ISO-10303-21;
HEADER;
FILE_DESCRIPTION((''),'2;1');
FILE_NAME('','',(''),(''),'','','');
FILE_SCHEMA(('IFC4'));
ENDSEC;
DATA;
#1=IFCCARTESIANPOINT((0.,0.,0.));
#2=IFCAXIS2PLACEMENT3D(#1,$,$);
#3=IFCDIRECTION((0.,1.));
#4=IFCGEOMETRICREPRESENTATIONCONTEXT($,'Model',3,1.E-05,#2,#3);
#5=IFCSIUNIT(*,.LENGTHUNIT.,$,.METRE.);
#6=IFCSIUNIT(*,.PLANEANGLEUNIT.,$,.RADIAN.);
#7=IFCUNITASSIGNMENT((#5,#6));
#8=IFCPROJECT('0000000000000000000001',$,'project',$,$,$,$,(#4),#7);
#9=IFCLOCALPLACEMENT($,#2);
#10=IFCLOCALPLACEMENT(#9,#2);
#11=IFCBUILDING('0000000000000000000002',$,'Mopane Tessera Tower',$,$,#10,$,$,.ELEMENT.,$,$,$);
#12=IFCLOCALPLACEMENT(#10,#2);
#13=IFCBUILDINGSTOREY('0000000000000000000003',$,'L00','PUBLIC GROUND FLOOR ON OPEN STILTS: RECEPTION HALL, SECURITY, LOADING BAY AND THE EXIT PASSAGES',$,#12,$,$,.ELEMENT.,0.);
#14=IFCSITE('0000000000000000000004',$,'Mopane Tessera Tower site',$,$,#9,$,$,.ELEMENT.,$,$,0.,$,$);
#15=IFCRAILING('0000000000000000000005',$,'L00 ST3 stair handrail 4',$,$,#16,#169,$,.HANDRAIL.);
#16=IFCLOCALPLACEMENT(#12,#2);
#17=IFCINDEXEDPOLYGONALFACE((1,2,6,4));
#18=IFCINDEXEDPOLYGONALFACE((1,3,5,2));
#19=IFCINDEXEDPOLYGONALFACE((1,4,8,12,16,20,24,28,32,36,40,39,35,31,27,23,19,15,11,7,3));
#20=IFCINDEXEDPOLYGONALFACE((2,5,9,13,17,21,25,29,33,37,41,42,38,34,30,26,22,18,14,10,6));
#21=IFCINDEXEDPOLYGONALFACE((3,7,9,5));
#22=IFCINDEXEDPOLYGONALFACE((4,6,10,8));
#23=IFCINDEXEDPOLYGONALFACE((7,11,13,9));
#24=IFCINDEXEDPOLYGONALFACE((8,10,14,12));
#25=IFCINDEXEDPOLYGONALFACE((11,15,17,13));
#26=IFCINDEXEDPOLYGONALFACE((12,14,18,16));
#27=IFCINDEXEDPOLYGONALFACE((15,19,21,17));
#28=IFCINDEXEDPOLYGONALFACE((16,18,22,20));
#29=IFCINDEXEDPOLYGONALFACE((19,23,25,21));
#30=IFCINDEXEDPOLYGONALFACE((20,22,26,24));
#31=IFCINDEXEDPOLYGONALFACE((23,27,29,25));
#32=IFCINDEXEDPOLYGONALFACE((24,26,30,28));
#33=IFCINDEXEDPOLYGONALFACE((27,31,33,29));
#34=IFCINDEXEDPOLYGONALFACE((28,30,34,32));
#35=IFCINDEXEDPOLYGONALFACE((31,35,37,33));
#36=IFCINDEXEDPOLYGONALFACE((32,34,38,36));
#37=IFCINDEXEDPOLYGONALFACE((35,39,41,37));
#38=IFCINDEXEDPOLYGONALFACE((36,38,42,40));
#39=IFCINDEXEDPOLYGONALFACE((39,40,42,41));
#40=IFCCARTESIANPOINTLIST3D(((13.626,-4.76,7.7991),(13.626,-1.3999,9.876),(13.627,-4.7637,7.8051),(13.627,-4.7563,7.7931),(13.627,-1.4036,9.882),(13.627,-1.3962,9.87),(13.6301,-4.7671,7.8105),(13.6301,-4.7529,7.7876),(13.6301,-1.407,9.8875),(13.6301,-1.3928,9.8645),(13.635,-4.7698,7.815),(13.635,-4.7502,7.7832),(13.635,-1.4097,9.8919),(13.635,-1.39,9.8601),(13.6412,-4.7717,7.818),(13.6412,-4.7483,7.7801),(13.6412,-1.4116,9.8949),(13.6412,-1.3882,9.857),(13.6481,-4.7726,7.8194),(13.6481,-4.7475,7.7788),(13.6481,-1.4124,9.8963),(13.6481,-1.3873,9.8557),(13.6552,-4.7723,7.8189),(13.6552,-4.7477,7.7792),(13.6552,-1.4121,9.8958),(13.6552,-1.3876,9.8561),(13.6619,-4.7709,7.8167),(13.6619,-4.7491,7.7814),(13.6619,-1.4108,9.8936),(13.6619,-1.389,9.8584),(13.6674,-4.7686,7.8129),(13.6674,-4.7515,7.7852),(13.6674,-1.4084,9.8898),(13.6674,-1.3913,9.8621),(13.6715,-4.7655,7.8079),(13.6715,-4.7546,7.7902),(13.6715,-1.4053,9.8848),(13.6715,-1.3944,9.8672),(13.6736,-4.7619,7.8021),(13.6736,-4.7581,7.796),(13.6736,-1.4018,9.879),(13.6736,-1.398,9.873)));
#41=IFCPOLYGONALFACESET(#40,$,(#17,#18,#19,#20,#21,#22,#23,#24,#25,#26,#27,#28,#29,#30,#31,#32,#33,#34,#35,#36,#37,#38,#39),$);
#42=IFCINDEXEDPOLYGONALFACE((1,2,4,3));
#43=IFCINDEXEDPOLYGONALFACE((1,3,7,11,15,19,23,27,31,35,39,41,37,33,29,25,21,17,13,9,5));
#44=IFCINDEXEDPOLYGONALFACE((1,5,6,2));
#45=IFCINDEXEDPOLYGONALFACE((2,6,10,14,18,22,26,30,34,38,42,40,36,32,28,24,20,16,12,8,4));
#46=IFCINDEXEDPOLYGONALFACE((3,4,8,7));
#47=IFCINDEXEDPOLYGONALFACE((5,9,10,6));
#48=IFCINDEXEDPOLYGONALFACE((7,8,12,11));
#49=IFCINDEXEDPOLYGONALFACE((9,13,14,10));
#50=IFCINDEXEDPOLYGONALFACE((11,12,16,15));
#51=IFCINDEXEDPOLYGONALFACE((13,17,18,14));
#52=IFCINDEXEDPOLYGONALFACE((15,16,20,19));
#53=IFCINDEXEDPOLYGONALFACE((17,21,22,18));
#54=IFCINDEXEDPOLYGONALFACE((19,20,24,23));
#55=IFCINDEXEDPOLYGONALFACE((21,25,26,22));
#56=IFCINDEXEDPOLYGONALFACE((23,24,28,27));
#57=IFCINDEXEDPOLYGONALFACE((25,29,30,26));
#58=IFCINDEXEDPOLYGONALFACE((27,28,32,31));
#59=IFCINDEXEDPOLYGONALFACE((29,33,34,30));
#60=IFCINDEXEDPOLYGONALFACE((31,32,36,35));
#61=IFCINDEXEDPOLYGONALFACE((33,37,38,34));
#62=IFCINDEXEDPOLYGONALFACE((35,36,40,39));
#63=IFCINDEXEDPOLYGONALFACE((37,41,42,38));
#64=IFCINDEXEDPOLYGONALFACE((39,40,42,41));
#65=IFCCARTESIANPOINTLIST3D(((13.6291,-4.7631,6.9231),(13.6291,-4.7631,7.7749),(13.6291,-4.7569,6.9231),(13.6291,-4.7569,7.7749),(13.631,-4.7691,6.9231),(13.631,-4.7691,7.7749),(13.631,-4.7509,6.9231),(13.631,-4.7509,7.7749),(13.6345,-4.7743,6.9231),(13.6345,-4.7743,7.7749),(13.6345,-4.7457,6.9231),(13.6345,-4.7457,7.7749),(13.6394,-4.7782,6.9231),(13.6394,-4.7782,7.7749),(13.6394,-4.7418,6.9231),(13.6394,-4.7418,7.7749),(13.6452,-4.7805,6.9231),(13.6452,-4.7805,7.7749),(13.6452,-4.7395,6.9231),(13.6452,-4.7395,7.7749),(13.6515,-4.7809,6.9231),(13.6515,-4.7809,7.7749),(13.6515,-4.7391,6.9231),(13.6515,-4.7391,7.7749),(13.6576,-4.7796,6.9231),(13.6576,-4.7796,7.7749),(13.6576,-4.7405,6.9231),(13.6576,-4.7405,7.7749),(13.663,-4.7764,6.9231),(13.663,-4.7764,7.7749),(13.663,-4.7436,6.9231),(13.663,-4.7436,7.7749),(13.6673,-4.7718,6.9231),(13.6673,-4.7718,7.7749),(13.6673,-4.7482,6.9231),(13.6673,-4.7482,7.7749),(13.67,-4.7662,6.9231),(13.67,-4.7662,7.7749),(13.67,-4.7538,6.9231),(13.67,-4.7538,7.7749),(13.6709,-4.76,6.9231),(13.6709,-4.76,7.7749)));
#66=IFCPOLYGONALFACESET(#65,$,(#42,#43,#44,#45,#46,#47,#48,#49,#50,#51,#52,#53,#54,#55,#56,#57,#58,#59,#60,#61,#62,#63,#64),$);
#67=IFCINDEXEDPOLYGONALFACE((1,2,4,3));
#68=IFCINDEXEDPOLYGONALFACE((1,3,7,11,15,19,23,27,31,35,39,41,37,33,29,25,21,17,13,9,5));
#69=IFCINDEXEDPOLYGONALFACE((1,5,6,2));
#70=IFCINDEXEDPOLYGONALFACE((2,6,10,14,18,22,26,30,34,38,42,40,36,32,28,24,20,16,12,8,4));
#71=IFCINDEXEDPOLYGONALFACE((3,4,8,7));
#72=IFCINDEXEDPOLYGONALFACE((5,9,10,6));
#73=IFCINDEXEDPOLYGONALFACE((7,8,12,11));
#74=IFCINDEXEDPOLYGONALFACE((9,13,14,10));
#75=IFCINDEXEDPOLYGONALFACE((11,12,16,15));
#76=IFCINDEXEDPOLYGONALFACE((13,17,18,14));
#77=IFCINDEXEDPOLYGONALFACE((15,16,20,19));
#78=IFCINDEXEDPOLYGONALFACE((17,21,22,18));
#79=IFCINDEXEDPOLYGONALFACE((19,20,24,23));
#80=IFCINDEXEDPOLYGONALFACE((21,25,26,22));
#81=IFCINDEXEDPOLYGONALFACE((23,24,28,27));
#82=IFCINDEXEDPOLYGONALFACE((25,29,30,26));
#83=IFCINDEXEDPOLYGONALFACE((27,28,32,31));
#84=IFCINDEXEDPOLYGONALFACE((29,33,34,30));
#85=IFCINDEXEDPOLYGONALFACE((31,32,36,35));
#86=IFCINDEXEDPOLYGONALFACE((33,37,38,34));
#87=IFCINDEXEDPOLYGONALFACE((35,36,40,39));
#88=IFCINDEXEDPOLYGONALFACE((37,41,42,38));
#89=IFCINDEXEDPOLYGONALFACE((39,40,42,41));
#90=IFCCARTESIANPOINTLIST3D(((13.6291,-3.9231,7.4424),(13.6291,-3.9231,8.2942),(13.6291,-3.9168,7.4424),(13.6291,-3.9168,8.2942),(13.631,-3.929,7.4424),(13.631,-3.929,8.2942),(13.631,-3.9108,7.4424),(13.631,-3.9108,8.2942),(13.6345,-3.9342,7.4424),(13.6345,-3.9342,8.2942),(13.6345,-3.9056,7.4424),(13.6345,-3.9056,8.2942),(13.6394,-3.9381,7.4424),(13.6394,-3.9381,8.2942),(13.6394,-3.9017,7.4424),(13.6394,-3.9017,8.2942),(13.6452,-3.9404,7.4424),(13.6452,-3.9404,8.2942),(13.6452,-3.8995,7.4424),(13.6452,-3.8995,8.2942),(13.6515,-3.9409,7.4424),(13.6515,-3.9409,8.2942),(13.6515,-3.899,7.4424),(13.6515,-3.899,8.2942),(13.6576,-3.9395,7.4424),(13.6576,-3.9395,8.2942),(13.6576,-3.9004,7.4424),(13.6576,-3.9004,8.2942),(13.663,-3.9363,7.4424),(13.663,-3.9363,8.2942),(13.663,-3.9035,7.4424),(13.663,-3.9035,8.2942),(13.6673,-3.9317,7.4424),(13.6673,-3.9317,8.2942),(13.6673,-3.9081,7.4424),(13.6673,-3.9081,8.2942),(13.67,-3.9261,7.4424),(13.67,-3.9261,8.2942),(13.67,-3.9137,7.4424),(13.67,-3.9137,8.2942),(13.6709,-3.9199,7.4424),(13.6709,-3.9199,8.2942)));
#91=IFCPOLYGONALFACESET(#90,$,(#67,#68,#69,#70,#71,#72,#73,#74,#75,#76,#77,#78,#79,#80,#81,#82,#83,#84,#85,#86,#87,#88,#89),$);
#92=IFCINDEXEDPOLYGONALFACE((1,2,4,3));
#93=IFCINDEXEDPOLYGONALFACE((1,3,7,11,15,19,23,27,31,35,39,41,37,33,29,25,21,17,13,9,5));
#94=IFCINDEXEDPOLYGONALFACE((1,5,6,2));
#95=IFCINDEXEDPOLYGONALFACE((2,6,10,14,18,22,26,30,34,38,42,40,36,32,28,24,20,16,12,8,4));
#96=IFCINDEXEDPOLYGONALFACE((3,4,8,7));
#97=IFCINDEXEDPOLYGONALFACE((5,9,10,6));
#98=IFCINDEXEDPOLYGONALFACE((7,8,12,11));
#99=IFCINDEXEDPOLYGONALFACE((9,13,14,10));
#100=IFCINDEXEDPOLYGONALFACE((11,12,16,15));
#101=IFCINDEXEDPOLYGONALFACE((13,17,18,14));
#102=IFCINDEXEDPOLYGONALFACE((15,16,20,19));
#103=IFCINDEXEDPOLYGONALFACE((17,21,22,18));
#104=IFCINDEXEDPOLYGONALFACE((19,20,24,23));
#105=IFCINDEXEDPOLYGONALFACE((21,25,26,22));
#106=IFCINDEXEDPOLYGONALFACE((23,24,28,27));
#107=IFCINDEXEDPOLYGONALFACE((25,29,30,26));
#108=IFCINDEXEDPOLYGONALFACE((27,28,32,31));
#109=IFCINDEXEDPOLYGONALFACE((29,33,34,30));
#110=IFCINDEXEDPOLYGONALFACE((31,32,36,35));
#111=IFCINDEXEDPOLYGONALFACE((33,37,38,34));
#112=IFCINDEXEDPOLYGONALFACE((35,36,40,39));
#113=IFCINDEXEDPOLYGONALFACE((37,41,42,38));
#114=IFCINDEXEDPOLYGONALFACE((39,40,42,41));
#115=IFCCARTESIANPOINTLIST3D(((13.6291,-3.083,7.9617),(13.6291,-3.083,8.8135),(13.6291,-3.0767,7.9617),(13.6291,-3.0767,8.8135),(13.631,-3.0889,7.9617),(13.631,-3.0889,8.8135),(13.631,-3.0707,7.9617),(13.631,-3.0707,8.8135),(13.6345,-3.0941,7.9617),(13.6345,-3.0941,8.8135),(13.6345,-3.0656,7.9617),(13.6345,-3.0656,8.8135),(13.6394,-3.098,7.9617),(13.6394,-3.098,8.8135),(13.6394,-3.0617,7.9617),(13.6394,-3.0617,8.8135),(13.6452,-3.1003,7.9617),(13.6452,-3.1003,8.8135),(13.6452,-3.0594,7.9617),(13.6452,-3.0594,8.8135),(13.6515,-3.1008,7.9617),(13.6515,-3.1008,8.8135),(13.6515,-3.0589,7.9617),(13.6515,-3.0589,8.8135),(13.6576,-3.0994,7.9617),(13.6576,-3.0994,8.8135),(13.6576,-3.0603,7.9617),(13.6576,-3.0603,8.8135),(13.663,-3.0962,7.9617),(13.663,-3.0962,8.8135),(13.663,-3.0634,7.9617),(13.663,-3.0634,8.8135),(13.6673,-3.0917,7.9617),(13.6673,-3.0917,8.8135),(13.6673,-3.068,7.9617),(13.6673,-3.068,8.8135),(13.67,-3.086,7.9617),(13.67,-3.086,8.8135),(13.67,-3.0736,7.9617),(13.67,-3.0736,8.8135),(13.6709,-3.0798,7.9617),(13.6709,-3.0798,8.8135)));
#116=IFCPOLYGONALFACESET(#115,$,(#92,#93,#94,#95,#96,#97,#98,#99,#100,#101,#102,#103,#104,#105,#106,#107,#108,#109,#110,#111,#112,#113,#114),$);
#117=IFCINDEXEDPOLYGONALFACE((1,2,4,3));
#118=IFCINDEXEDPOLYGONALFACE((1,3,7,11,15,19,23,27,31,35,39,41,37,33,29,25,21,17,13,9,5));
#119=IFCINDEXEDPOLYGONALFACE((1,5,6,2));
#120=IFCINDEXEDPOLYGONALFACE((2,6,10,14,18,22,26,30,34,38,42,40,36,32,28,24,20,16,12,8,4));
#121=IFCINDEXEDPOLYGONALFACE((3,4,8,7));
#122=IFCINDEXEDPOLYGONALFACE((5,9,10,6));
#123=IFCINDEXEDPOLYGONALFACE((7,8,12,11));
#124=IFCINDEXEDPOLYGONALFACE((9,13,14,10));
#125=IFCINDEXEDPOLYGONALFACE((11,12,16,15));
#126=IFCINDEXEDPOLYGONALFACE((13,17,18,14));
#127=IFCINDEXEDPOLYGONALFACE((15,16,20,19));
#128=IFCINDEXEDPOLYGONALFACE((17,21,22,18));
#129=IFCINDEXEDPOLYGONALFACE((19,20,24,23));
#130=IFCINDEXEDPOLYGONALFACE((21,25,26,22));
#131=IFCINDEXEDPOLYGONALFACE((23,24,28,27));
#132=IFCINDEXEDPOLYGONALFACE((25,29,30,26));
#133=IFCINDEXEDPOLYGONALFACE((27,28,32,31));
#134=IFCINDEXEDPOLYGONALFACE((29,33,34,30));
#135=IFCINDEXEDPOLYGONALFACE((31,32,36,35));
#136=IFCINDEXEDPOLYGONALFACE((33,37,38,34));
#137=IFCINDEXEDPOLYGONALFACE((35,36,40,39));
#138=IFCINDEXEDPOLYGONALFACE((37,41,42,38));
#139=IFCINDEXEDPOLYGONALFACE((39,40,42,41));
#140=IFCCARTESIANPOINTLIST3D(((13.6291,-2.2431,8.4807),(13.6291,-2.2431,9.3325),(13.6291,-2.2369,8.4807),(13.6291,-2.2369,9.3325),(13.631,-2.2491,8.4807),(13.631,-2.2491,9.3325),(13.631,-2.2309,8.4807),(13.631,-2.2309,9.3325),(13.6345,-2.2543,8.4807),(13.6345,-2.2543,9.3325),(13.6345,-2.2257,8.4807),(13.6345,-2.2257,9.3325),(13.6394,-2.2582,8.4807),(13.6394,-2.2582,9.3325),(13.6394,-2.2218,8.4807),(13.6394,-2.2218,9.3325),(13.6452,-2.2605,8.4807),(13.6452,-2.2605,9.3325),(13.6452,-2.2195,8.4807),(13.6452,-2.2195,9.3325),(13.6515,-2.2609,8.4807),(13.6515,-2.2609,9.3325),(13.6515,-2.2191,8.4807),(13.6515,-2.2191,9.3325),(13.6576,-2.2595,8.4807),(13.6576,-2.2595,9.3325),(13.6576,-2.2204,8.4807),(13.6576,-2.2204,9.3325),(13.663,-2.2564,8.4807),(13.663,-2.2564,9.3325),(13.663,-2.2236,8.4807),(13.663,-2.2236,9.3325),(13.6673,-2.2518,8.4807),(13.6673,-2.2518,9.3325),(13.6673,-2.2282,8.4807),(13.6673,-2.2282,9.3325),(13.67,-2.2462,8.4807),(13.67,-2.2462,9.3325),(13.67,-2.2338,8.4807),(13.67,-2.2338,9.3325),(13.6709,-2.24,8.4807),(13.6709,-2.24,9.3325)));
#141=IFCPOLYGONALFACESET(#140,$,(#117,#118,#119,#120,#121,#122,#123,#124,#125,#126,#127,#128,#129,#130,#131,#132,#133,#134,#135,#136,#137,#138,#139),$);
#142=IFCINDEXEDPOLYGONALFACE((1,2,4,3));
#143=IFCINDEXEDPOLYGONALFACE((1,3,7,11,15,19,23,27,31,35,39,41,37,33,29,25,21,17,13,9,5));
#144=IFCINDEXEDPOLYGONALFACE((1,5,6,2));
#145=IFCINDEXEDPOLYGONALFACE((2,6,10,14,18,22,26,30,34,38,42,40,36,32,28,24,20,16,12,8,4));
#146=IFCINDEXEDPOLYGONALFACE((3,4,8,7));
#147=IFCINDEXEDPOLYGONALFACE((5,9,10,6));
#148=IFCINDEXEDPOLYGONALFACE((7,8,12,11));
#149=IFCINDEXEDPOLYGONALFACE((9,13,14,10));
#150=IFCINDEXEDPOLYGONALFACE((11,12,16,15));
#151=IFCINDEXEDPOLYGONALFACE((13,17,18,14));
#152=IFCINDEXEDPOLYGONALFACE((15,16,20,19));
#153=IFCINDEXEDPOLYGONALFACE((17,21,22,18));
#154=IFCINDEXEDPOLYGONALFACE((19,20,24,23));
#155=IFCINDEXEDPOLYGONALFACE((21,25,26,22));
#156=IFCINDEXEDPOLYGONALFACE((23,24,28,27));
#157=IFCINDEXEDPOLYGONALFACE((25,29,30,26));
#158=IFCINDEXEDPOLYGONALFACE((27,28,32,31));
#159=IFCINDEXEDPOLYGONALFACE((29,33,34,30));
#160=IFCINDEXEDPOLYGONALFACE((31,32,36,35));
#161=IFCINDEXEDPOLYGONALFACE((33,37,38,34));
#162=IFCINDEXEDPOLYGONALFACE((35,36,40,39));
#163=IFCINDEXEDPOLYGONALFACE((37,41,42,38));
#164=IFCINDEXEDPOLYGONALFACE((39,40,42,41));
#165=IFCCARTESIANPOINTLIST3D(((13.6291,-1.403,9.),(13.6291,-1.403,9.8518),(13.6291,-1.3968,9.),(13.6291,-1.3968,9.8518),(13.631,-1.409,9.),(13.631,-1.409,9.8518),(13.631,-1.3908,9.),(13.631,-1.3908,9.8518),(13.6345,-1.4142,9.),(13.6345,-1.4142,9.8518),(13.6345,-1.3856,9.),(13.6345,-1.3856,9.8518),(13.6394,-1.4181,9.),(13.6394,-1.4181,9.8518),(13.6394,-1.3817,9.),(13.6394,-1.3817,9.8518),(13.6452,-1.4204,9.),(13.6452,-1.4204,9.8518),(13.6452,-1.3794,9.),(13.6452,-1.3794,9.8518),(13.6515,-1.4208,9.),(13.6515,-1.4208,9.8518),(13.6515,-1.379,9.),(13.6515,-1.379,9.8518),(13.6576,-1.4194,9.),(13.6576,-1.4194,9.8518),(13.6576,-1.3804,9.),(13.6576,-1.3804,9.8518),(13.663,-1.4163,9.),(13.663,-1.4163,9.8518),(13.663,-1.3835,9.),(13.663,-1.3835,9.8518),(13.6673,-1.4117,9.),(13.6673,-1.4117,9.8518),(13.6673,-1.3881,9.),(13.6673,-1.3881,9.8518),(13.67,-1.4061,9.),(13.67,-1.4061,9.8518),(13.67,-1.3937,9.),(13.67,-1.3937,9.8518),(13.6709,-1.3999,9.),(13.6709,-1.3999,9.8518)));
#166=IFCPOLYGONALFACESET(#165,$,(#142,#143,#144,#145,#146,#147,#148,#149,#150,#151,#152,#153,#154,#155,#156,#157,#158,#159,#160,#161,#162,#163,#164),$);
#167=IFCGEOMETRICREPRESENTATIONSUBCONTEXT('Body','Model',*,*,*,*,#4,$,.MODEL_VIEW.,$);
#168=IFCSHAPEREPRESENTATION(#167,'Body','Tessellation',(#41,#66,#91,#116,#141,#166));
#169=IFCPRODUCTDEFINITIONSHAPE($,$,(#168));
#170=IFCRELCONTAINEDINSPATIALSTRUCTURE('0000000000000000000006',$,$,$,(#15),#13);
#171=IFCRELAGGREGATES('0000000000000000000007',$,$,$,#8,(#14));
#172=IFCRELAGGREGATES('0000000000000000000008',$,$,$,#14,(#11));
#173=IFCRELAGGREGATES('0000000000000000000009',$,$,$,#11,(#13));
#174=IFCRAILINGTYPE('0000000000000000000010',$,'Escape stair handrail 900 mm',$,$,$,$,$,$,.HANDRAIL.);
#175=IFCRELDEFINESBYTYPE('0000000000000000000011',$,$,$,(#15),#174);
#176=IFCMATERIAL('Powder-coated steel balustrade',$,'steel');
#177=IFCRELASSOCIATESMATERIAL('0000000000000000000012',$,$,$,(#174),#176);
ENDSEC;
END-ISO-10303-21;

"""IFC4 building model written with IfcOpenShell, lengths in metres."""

from ifc_helpers import new_model, si_unit, direction, frame, origin, origin_2d, place, context, subcontext, project, spatial, circle, extrude, material, type_object, element, save


model = new_model("IFC4")

# Units and contexts
model_context = context("Model", 3, precision=1e-05, world=origin(), true_north=direction((0.0, 1.0)))
body_context = subcontext(model_context, "Body", "Model", "MODEL_VIEW")
ifc_project = project(units=[si_unit("LENGTHUNIT", "METRE"), si_unit("PLANEANGLEUNIT", "RADIAN")], contexts=[model_context])

# Site, building, storey
site_placement = place(None, origin())
site = spatial("IfcSite", under=ifc_project, at=site_placement, Name="Mopane Tessera Tower site", CompositionType="ELEMENT", RefElevation=0.0)
building_placement = place(site_placement, origin())
building = spatial("IfcBuilding", under=site, at=building_placement, Name="Mopane Tessera Tower", CompositionType="ELEMENT")
storey_placement = place(building_placement, origin())
storey = spatial("IfcBuildingStorey", under=building, at=storey_placement, Name="L00", Description="PUBLIC GROUND FLOOR ON OPEN STILTS: RECEPTION HALL, SECURITY, LOADING BAY AND THE EXIT PASSAGES", CompositionType="ELEMENT", Elevation=0.0)

# Railing
ifc_material_1 = material(Name="Powder-coated steel balustrade", Category="steel")
railing_type_1 = type_object("IfcRailingType", Name="Escape stair handrail 900 mm", PredefinedType="HANDRAIL", material=ifc_material_1)
railing_1_placement = place(storey_placement, frame((13.6499, -4.76, 6.9231)))
element("IfcRailing", 1, at=railing_1_placement, inside=storey, type_object=railing_type_1, Name="L00 ST3 stair handrail 4", PredefinedType="HANDRAIL", context=body_context, shape_type="SweptSolid", body=[
    extrude(circle(Radius=0.0239, at=origin_2d()), frame((0.0, 0.0, 0.876), z_axis=(0.0, 0.850623, 0.525776), x_axis=(-1.0, 0.0, 0.0)), (0.0, 0.0, 1.0), 3.9502),
    extrude(circle(Radius=0.021, at=origin_2d()), origin(), (0.0, 0.0, 1.0), 0.8518),
    extrude(circle(Radius=0.021, at=origin_2d()), frame((0.0, 0.8401, 0.5193)), (0.0, 0.0, 1.0), 0.8518),
    extrude(circle(Radius=0.021, at=origin_2d()), frame((0.0, 1.6802, 1.0386)), (0.0, 0.0, 1.0), 0.8518),
    extrude(circle(Radius=0.021, at=origin_2d()), frame((0.0, 2.52, 1.5576)), (0.0, 0.0, 1.0), 0.8518),
    extrude(circle(Radius=0.021, at=origin_2d()), frame((0.0, 3.3601, 2.0769)), (0.0, 0.0, 1.0), 0.8518),
])

save(model, "model.ifc")
